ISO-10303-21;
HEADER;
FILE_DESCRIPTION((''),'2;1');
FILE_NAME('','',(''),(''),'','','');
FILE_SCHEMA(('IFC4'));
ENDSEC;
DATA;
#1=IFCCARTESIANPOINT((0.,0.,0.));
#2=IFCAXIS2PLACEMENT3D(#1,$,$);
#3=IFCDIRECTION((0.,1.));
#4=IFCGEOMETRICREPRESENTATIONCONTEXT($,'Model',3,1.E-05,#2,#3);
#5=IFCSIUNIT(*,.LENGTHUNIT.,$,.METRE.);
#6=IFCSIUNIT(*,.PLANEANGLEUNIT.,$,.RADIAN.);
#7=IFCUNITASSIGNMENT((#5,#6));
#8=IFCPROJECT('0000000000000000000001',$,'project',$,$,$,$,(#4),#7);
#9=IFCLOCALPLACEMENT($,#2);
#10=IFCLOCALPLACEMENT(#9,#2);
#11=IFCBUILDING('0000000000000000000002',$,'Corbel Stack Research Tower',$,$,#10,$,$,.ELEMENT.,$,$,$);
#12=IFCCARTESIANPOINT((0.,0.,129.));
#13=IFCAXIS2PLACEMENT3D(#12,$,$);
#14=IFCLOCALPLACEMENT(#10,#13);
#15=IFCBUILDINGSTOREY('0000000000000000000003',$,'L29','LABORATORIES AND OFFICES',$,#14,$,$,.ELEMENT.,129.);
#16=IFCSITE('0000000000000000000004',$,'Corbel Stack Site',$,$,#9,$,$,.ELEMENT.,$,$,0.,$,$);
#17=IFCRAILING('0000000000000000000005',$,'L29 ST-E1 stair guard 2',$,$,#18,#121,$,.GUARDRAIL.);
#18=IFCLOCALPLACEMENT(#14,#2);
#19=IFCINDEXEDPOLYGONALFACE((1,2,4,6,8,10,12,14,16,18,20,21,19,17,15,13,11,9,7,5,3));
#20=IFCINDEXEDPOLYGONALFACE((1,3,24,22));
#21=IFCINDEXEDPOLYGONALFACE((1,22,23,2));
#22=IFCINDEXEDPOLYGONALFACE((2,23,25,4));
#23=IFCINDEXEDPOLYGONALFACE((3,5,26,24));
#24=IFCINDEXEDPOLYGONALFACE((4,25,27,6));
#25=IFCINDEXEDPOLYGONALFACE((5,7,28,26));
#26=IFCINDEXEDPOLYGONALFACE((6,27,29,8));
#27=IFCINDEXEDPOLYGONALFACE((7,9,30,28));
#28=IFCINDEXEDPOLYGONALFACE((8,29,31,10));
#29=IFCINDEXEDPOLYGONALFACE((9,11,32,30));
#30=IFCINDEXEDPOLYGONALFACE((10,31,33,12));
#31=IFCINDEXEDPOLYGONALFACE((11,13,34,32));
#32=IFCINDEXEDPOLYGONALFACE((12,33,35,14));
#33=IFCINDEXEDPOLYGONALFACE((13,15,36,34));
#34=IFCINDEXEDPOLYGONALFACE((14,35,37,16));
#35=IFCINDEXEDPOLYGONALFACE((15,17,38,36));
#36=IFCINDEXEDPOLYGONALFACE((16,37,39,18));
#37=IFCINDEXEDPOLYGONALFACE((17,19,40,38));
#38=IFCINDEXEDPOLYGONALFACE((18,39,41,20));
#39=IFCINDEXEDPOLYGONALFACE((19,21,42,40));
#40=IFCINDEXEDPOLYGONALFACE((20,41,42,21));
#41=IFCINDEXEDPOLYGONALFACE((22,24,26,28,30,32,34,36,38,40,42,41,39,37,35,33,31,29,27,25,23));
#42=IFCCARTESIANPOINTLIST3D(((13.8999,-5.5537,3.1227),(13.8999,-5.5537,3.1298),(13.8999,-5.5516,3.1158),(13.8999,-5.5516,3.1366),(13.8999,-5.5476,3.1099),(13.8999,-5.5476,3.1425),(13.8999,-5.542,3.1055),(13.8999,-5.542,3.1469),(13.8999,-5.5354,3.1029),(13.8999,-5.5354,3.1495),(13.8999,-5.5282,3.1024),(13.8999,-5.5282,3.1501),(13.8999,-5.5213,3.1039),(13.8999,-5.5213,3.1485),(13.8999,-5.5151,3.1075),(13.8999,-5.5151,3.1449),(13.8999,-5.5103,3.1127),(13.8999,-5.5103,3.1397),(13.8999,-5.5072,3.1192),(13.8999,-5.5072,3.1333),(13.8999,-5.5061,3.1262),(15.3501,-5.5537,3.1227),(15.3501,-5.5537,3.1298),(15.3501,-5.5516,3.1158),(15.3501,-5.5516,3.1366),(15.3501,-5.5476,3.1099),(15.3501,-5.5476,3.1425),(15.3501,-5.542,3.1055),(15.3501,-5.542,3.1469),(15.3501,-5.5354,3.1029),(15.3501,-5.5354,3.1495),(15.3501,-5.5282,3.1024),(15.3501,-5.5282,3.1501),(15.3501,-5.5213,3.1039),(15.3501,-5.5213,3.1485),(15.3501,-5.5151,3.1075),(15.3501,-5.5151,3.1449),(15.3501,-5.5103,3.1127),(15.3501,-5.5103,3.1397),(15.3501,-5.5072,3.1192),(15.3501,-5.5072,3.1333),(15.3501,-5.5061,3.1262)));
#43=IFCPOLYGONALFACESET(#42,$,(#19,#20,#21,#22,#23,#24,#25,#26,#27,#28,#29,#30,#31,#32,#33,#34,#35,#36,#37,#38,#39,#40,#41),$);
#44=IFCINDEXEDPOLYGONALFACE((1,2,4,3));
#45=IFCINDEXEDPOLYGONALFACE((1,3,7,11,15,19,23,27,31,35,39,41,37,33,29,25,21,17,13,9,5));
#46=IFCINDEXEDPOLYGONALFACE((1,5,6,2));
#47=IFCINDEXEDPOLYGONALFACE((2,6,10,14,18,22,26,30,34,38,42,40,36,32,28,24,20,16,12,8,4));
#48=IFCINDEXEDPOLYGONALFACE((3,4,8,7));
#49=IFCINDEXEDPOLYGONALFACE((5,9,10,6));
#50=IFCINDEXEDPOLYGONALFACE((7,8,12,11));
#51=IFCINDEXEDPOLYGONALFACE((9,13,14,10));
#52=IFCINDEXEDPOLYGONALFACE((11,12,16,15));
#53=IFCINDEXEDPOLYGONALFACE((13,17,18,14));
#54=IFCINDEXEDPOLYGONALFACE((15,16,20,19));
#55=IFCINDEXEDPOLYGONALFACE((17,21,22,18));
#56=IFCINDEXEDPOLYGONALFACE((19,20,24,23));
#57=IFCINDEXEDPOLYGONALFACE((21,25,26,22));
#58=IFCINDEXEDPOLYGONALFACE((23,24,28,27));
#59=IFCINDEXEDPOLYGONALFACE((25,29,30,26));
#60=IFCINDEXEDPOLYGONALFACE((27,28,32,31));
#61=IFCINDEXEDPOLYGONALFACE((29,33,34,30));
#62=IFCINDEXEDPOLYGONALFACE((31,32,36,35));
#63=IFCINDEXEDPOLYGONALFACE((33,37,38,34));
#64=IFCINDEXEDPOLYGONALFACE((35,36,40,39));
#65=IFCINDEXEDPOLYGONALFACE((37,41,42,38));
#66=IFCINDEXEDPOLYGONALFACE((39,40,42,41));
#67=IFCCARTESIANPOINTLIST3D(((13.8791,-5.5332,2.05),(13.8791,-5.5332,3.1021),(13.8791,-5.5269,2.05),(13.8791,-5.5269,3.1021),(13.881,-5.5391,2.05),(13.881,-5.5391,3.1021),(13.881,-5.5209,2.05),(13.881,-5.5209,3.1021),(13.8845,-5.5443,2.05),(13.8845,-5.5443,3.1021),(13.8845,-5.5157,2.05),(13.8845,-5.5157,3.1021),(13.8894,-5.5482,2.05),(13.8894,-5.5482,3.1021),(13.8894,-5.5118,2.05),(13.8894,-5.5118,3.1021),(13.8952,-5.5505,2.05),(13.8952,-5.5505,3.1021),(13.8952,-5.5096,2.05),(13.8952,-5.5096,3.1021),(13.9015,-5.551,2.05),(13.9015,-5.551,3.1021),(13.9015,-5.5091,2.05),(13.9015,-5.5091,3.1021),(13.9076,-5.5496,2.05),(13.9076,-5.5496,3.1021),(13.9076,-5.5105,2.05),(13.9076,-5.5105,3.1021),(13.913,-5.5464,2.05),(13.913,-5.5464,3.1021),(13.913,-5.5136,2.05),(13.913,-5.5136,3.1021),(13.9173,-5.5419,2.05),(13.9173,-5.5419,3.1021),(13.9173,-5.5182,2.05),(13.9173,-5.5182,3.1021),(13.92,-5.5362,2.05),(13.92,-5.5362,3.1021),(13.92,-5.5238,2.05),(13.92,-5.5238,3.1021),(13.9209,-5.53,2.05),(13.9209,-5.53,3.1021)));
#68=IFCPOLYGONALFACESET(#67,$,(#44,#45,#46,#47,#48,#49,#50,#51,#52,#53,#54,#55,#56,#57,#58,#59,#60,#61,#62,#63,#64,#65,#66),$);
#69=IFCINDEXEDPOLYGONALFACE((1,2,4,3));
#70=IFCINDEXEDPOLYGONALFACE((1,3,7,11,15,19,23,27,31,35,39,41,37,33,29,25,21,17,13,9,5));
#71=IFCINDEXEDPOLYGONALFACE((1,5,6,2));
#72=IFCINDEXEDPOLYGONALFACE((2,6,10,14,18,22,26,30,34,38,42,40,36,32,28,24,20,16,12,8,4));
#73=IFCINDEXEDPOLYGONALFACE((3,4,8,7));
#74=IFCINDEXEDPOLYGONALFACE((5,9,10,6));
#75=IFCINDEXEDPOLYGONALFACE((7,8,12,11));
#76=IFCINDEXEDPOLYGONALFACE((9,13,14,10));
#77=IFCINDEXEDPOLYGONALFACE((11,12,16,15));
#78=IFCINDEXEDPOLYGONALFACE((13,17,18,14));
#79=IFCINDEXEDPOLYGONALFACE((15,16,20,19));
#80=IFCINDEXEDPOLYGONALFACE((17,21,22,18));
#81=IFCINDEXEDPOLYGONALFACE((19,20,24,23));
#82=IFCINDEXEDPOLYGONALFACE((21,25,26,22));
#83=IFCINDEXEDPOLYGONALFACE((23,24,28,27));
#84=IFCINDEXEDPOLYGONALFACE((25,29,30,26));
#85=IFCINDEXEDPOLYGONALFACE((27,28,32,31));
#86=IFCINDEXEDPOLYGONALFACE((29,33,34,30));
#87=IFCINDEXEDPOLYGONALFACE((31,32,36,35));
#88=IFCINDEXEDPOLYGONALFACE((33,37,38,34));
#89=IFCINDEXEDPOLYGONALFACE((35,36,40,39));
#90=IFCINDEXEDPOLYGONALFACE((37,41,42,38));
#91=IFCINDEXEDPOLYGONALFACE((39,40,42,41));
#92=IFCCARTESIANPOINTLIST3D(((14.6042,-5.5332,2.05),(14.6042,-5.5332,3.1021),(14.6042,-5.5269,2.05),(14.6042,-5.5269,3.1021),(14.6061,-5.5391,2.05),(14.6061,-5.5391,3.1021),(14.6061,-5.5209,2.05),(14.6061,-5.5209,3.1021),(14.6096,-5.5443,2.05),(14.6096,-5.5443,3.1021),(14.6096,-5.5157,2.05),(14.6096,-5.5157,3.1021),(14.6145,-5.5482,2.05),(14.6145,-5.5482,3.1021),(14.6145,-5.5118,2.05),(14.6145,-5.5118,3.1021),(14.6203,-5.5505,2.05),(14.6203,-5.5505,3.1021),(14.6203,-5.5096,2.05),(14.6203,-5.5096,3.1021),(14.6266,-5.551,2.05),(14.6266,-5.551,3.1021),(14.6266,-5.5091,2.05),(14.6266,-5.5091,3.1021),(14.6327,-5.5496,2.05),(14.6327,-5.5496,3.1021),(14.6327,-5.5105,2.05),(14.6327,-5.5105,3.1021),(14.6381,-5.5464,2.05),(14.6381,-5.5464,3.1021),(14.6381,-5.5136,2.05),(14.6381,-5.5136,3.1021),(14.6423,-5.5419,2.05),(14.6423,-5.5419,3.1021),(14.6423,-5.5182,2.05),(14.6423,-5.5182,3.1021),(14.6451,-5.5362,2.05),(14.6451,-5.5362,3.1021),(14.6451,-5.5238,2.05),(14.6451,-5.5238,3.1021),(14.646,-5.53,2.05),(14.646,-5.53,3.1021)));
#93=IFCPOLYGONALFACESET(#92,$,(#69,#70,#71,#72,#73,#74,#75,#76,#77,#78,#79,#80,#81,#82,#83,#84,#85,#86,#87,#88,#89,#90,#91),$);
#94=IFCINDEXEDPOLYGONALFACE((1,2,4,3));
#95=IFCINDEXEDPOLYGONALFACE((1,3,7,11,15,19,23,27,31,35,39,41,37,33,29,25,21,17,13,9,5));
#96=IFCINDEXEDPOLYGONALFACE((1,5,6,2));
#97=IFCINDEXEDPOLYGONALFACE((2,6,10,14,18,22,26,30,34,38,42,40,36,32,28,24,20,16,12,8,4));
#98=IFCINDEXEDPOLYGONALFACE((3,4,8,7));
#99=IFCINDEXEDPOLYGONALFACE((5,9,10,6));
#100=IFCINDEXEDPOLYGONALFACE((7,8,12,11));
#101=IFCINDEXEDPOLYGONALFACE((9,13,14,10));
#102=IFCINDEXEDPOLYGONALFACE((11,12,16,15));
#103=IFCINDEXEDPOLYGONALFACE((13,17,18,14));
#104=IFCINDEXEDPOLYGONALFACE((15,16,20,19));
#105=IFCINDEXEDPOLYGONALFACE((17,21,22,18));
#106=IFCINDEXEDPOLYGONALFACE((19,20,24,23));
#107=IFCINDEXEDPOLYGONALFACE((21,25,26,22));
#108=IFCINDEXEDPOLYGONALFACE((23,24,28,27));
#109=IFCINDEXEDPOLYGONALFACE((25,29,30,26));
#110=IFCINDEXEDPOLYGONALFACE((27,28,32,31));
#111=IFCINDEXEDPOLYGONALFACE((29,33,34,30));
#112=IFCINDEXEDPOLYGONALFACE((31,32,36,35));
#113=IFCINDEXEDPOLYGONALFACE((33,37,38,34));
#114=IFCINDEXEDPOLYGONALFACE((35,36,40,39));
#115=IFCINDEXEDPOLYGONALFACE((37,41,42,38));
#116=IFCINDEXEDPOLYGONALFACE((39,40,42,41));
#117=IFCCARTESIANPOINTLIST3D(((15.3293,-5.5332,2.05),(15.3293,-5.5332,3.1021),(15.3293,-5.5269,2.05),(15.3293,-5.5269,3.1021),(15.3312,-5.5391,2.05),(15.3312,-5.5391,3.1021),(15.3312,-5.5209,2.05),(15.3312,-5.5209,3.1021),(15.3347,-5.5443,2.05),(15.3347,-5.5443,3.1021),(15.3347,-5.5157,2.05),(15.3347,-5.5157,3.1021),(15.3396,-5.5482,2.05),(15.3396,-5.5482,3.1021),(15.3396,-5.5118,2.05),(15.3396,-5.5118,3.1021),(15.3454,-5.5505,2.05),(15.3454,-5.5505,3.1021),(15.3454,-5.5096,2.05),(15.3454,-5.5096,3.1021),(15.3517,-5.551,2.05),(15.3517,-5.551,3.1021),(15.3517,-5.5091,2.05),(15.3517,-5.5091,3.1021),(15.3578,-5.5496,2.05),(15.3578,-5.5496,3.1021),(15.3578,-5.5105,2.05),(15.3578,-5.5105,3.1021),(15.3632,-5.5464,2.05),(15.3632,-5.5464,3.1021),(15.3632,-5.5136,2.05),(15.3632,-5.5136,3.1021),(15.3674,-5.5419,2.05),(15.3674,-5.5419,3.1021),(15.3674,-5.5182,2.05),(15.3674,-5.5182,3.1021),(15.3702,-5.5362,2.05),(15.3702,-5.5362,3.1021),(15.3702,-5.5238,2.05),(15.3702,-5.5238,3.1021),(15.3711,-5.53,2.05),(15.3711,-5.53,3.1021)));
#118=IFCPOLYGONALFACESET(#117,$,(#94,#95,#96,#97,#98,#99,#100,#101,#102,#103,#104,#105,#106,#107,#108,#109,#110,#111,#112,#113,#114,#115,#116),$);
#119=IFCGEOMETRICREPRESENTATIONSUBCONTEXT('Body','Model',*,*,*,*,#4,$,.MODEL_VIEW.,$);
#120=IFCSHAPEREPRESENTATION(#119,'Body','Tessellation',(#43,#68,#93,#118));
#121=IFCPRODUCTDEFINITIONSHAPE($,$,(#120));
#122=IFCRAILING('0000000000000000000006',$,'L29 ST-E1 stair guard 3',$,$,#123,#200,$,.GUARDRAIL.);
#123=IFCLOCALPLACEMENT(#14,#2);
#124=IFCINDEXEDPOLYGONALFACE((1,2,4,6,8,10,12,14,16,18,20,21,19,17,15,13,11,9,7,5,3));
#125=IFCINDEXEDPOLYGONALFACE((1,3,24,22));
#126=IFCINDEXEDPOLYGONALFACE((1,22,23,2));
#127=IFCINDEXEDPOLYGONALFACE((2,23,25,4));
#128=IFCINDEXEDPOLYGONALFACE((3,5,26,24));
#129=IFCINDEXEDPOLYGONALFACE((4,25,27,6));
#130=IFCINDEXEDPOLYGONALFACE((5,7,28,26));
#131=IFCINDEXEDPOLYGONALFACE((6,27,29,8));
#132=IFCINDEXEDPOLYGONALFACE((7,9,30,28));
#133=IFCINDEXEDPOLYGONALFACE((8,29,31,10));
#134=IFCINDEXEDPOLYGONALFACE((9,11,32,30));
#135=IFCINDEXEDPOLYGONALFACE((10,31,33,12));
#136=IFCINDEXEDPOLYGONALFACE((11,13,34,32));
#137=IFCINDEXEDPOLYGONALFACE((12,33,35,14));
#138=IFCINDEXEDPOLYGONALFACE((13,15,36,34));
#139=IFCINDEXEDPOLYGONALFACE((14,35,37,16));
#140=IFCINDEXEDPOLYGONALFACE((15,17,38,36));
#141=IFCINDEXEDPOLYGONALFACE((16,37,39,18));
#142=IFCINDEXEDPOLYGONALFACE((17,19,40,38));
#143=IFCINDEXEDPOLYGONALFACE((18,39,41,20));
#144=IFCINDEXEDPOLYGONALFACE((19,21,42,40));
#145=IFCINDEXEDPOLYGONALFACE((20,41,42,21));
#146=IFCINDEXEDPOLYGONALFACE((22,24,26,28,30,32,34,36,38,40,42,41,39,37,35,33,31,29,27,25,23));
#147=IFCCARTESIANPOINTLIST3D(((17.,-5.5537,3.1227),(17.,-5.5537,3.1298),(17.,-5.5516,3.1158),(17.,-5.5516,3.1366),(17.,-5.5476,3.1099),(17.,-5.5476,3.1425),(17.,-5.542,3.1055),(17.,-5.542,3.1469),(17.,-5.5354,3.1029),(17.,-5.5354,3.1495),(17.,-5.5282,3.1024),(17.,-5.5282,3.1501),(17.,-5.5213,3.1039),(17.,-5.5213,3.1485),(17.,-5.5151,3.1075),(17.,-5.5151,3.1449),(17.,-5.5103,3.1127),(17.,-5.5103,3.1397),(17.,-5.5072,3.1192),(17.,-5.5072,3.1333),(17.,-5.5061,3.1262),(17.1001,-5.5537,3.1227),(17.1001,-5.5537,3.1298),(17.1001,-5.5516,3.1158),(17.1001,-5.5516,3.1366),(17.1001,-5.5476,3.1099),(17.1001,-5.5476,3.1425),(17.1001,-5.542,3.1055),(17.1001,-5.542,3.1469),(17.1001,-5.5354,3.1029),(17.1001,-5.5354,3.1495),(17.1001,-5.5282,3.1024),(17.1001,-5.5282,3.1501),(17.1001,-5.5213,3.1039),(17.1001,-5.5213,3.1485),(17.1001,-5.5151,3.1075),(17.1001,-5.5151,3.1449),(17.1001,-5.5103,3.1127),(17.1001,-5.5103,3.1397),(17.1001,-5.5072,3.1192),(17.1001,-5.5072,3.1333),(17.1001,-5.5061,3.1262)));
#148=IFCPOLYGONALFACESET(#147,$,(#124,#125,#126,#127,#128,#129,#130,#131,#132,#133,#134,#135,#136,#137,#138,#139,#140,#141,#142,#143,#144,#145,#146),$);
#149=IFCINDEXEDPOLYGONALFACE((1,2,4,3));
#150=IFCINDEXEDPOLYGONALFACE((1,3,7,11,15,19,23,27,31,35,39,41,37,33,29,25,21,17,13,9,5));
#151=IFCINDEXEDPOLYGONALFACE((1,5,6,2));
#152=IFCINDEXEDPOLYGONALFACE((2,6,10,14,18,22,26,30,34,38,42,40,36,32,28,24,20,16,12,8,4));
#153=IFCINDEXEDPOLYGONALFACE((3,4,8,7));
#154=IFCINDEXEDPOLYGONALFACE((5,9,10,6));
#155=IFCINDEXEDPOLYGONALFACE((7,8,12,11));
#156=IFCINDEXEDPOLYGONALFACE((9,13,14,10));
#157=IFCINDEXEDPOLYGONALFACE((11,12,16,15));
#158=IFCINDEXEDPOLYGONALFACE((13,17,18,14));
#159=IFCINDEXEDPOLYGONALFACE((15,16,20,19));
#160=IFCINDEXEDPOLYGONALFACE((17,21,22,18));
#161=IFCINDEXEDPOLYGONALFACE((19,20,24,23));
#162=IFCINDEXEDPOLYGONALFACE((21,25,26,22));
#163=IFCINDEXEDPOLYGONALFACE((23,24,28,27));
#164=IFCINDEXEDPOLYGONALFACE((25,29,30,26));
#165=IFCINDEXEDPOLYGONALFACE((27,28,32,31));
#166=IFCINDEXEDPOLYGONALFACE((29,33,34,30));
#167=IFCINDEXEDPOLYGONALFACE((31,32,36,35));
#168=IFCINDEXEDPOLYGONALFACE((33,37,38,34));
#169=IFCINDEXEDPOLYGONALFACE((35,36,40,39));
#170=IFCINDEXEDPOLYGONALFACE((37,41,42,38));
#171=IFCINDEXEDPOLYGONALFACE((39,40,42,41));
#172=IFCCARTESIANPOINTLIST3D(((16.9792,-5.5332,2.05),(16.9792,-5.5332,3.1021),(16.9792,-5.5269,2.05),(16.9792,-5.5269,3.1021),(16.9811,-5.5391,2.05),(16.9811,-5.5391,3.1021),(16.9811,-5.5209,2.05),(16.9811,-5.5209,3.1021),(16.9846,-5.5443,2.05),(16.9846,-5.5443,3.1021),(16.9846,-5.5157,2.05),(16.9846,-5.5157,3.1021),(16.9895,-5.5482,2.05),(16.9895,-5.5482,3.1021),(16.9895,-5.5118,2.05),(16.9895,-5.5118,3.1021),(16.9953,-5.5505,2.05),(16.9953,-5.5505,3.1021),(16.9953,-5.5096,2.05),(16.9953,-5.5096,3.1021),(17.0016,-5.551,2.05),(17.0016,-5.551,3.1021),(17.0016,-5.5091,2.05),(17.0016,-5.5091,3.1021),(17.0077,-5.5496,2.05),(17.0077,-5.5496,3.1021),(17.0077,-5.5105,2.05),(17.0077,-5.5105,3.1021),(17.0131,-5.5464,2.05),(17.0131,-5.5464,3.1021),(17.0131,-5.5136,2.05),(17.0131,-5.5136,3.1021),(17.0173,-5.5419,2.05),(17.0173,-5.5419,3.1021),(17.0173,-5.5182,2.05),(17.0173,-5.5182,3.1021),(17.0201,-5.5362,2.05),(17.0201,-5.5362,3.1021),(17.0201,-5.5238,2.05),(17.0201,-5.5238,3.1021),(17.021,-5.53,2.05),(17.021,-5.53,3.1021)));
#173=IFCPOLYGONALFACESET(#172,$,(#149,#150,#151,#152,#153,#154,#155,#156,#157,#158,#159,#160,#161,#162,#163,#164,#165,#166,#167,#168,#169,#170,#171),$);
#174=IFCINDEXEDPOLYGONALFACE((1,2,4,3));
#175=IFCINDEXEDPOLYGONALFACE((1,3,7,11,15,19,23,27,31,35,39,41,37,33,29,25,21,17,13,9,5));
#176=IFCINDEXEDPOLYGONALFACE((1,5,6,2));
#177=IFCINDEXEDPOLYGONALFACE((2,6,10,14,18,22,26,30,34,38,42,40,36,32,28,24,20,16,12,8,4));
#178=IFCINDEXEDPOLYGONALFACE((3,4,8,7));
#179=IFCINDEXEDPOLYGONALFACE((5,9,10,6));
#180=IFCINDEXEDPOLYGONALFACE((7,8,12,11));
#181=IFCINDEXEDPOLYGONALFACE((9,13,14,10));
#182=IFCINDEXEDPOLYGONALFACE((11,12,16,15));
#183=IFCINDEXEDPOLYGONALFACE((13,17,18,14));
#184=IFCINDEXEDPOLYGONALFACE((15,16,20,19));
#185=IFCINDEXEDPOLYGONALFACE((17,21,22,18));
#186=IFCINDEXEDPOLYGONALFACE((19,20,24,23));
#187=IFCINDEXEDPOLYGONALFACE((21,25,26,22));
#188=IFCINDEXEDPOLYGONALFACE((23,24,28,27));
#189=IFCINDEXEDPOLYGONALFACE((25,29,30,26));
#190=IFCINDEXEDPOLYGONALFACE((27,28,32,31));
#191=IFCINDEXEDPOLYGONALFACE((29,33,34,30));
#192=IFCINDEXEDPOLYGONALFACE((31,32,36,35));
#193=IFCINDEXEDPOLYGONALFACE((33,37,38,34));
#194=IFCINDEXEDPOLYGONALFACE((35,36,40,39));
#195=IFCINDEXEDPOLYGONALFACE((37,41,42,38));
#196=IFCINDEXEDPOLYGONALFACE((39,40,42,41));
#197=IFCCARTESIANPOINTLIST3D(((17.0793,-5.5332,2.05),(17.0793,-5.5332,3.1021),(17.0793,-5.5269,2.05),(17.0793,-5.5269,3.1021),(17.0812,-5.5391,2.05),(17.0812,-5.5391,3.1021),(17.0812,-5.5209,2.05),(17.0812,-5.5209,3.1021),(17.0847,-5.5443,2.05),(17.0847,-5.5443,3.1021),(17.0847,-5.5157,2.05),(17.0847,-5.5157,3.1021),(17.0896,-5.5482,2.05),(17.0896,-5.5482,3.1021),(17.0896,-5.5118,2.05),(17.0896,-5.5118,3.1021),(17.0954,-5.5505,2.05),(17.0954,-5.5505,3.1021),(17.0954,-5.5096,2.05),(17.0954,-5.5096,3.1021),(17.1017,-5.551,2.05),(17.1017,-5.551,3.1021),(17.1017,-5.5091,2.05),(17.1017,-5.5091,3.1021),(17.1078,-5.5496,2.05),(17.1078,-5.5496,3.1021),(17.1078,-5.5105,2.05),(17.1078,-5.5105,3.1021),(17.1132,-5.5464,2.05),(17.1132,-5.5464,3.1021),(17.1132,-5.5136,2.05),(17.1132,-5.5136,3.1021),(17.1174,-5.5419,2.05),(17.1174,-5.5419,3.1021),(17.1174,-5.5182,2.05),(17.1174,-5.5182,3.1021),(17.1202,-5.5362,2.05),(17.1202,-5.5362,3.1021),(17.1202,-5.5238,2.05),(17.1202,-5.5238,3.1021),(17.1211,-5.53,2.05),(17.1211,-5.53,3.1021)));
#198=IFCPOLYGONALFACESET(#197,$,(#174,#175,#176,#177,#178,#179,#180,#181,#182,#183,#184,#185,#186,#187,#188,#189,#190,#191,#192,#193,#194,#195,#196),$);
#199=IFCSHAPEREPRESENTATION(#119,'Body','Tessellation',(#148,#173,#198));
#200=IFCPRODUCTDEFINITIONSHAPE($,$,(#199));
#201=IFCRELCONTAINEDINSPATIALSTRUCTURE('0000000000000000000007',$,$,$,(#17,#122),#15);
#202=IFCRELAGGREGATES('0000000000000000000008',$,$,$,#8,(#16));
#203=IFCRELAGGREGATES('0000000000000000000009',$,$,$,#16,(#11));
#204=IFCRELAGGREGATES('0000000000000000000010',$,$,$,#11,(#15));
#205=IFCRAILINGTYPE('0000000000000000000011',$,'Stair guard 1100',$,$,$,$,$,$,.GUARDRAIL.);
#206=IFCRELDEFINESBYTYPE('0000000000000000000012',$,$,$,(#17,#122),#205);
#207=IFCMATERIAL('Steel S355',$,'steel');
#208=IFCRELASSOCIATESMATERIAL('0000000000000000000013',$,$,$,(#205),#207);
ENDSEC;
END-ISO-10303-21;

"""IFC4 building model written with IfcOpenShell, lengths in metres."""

from ifc_helpers import new_model, si_unit, direction, frame, origin, origin_2d, place, context, subcontext, project, spatial, circle, extrude, material, type_object, element, save


model = new_model("IFC4")

# Units and contexts
model_context = context("Model", 3, precision=1e-05, world=origin(), true_north=direction((0.0, 1.0)))
body_context = subcontext(model_context, "Body", "Model", "MODEL_VIEW")
ifc_project = project(units=[si_unit("LENGTHUNIT", "METRE"), si_unit("PLANEANGLEUNIT", "RADIAN")], contexts=[model_context])

# Site, building, storey
site_placement = place(None, origin())
site = spatial("IfcSite", under=ifc_project, at=site_placement, Name="Corbel Stack Site", CompositionType="ELEMENT", RefElevation=0.0)
building_placement = place(site_placement, origin())
building = spatial("IfcBuilding", under=site, at=building_placement, Name="Corbel Stack Research Tower", CompositionType="ELEMENT")
storey_placement = place(building_placement, frame((0.0, 0.0, 129.0)))
storey = spatial("IfcBuildingStorey", under=building, at=storey_placement, Name="L29", Description="LABORATORIES AND OFFICES", CompositionType="ELEMENT", Elevation=129.0)

# Railings
ifc_material_1 = material(Name="Steel S355", Category="steel")
railing_type_1 = type_object("IfcRailingType", Name="Stair guard 1100", PredefinedType="GUARDRAIL", material=ifc_material_1)
railing_1_placement = place(storey_placement, frame((13.8999, -5.53, 2.05)))
element("IfcRailing", 1, at=railing_1_placement, inside=storey, type_object=railing_type_1, Name="L29 ST-E1 stair guard 2", PredefinedType="GUARDRAIL", context=body_context, shape_type="SweptSolid", body=[
    extrude(circle(Radius=0.0239, at=origin_2d()), frame((0.0, 0.0, 1.0762), z_axis=(1.0, 0.0, 0.0), x_axis=(0.0, 1.0, 0.0)), (0.0, 0.0, 1.0), 1.4502),
    extrude(circle(Radius=0.021, at=origin_2d()), origin(), (0.0, 0.0, 1.0), 1.052),
    extrude(circle(Radius=0.021, at=origin_2d()), frame((0.7251, 0.0, 0.0)), (0.0, 0.0, 1.0), 1.052),
    extrude(circle(Radius=0.021, at=origin_2d()), frame((1.4502, 0.0, 0.0)), (0.0, 0.0, 1.0), 1.052),
])
railing_2_placement = place(storey_placement, frame((17.0, -5.53, 2.05)))
element("IfcRailing", 2, at=railing_2_placement, inside=storey, type_object=railing_type_1, Name="L29 ST-E1 stair guard 3", PredefinedType="GUARDRAIL", context=body_context, shape_type="SweptSolid", body=[
    extrude(circle(Radius=0.0239, at=origin_2d()), frame((0.0, 0.0, 1.0762), z_axis=(1.0, 0.0, 0.0), x_axis=(0.0, 1.0, 0.0)), (0.0, 0.0, 1.0), 0.1001),
    extrude(circle(Radius=0.021, at=origin_2d()), origin(), (0.0, 0.0, 1.0), 1.052),
    extrude(circle(Radius=0.021, at=origin_2d()), frame((0.1001, 0.0, 0.0)), (0.0, 0.0, 1.0), 1.052),
])

save(model, "model.ifc")
